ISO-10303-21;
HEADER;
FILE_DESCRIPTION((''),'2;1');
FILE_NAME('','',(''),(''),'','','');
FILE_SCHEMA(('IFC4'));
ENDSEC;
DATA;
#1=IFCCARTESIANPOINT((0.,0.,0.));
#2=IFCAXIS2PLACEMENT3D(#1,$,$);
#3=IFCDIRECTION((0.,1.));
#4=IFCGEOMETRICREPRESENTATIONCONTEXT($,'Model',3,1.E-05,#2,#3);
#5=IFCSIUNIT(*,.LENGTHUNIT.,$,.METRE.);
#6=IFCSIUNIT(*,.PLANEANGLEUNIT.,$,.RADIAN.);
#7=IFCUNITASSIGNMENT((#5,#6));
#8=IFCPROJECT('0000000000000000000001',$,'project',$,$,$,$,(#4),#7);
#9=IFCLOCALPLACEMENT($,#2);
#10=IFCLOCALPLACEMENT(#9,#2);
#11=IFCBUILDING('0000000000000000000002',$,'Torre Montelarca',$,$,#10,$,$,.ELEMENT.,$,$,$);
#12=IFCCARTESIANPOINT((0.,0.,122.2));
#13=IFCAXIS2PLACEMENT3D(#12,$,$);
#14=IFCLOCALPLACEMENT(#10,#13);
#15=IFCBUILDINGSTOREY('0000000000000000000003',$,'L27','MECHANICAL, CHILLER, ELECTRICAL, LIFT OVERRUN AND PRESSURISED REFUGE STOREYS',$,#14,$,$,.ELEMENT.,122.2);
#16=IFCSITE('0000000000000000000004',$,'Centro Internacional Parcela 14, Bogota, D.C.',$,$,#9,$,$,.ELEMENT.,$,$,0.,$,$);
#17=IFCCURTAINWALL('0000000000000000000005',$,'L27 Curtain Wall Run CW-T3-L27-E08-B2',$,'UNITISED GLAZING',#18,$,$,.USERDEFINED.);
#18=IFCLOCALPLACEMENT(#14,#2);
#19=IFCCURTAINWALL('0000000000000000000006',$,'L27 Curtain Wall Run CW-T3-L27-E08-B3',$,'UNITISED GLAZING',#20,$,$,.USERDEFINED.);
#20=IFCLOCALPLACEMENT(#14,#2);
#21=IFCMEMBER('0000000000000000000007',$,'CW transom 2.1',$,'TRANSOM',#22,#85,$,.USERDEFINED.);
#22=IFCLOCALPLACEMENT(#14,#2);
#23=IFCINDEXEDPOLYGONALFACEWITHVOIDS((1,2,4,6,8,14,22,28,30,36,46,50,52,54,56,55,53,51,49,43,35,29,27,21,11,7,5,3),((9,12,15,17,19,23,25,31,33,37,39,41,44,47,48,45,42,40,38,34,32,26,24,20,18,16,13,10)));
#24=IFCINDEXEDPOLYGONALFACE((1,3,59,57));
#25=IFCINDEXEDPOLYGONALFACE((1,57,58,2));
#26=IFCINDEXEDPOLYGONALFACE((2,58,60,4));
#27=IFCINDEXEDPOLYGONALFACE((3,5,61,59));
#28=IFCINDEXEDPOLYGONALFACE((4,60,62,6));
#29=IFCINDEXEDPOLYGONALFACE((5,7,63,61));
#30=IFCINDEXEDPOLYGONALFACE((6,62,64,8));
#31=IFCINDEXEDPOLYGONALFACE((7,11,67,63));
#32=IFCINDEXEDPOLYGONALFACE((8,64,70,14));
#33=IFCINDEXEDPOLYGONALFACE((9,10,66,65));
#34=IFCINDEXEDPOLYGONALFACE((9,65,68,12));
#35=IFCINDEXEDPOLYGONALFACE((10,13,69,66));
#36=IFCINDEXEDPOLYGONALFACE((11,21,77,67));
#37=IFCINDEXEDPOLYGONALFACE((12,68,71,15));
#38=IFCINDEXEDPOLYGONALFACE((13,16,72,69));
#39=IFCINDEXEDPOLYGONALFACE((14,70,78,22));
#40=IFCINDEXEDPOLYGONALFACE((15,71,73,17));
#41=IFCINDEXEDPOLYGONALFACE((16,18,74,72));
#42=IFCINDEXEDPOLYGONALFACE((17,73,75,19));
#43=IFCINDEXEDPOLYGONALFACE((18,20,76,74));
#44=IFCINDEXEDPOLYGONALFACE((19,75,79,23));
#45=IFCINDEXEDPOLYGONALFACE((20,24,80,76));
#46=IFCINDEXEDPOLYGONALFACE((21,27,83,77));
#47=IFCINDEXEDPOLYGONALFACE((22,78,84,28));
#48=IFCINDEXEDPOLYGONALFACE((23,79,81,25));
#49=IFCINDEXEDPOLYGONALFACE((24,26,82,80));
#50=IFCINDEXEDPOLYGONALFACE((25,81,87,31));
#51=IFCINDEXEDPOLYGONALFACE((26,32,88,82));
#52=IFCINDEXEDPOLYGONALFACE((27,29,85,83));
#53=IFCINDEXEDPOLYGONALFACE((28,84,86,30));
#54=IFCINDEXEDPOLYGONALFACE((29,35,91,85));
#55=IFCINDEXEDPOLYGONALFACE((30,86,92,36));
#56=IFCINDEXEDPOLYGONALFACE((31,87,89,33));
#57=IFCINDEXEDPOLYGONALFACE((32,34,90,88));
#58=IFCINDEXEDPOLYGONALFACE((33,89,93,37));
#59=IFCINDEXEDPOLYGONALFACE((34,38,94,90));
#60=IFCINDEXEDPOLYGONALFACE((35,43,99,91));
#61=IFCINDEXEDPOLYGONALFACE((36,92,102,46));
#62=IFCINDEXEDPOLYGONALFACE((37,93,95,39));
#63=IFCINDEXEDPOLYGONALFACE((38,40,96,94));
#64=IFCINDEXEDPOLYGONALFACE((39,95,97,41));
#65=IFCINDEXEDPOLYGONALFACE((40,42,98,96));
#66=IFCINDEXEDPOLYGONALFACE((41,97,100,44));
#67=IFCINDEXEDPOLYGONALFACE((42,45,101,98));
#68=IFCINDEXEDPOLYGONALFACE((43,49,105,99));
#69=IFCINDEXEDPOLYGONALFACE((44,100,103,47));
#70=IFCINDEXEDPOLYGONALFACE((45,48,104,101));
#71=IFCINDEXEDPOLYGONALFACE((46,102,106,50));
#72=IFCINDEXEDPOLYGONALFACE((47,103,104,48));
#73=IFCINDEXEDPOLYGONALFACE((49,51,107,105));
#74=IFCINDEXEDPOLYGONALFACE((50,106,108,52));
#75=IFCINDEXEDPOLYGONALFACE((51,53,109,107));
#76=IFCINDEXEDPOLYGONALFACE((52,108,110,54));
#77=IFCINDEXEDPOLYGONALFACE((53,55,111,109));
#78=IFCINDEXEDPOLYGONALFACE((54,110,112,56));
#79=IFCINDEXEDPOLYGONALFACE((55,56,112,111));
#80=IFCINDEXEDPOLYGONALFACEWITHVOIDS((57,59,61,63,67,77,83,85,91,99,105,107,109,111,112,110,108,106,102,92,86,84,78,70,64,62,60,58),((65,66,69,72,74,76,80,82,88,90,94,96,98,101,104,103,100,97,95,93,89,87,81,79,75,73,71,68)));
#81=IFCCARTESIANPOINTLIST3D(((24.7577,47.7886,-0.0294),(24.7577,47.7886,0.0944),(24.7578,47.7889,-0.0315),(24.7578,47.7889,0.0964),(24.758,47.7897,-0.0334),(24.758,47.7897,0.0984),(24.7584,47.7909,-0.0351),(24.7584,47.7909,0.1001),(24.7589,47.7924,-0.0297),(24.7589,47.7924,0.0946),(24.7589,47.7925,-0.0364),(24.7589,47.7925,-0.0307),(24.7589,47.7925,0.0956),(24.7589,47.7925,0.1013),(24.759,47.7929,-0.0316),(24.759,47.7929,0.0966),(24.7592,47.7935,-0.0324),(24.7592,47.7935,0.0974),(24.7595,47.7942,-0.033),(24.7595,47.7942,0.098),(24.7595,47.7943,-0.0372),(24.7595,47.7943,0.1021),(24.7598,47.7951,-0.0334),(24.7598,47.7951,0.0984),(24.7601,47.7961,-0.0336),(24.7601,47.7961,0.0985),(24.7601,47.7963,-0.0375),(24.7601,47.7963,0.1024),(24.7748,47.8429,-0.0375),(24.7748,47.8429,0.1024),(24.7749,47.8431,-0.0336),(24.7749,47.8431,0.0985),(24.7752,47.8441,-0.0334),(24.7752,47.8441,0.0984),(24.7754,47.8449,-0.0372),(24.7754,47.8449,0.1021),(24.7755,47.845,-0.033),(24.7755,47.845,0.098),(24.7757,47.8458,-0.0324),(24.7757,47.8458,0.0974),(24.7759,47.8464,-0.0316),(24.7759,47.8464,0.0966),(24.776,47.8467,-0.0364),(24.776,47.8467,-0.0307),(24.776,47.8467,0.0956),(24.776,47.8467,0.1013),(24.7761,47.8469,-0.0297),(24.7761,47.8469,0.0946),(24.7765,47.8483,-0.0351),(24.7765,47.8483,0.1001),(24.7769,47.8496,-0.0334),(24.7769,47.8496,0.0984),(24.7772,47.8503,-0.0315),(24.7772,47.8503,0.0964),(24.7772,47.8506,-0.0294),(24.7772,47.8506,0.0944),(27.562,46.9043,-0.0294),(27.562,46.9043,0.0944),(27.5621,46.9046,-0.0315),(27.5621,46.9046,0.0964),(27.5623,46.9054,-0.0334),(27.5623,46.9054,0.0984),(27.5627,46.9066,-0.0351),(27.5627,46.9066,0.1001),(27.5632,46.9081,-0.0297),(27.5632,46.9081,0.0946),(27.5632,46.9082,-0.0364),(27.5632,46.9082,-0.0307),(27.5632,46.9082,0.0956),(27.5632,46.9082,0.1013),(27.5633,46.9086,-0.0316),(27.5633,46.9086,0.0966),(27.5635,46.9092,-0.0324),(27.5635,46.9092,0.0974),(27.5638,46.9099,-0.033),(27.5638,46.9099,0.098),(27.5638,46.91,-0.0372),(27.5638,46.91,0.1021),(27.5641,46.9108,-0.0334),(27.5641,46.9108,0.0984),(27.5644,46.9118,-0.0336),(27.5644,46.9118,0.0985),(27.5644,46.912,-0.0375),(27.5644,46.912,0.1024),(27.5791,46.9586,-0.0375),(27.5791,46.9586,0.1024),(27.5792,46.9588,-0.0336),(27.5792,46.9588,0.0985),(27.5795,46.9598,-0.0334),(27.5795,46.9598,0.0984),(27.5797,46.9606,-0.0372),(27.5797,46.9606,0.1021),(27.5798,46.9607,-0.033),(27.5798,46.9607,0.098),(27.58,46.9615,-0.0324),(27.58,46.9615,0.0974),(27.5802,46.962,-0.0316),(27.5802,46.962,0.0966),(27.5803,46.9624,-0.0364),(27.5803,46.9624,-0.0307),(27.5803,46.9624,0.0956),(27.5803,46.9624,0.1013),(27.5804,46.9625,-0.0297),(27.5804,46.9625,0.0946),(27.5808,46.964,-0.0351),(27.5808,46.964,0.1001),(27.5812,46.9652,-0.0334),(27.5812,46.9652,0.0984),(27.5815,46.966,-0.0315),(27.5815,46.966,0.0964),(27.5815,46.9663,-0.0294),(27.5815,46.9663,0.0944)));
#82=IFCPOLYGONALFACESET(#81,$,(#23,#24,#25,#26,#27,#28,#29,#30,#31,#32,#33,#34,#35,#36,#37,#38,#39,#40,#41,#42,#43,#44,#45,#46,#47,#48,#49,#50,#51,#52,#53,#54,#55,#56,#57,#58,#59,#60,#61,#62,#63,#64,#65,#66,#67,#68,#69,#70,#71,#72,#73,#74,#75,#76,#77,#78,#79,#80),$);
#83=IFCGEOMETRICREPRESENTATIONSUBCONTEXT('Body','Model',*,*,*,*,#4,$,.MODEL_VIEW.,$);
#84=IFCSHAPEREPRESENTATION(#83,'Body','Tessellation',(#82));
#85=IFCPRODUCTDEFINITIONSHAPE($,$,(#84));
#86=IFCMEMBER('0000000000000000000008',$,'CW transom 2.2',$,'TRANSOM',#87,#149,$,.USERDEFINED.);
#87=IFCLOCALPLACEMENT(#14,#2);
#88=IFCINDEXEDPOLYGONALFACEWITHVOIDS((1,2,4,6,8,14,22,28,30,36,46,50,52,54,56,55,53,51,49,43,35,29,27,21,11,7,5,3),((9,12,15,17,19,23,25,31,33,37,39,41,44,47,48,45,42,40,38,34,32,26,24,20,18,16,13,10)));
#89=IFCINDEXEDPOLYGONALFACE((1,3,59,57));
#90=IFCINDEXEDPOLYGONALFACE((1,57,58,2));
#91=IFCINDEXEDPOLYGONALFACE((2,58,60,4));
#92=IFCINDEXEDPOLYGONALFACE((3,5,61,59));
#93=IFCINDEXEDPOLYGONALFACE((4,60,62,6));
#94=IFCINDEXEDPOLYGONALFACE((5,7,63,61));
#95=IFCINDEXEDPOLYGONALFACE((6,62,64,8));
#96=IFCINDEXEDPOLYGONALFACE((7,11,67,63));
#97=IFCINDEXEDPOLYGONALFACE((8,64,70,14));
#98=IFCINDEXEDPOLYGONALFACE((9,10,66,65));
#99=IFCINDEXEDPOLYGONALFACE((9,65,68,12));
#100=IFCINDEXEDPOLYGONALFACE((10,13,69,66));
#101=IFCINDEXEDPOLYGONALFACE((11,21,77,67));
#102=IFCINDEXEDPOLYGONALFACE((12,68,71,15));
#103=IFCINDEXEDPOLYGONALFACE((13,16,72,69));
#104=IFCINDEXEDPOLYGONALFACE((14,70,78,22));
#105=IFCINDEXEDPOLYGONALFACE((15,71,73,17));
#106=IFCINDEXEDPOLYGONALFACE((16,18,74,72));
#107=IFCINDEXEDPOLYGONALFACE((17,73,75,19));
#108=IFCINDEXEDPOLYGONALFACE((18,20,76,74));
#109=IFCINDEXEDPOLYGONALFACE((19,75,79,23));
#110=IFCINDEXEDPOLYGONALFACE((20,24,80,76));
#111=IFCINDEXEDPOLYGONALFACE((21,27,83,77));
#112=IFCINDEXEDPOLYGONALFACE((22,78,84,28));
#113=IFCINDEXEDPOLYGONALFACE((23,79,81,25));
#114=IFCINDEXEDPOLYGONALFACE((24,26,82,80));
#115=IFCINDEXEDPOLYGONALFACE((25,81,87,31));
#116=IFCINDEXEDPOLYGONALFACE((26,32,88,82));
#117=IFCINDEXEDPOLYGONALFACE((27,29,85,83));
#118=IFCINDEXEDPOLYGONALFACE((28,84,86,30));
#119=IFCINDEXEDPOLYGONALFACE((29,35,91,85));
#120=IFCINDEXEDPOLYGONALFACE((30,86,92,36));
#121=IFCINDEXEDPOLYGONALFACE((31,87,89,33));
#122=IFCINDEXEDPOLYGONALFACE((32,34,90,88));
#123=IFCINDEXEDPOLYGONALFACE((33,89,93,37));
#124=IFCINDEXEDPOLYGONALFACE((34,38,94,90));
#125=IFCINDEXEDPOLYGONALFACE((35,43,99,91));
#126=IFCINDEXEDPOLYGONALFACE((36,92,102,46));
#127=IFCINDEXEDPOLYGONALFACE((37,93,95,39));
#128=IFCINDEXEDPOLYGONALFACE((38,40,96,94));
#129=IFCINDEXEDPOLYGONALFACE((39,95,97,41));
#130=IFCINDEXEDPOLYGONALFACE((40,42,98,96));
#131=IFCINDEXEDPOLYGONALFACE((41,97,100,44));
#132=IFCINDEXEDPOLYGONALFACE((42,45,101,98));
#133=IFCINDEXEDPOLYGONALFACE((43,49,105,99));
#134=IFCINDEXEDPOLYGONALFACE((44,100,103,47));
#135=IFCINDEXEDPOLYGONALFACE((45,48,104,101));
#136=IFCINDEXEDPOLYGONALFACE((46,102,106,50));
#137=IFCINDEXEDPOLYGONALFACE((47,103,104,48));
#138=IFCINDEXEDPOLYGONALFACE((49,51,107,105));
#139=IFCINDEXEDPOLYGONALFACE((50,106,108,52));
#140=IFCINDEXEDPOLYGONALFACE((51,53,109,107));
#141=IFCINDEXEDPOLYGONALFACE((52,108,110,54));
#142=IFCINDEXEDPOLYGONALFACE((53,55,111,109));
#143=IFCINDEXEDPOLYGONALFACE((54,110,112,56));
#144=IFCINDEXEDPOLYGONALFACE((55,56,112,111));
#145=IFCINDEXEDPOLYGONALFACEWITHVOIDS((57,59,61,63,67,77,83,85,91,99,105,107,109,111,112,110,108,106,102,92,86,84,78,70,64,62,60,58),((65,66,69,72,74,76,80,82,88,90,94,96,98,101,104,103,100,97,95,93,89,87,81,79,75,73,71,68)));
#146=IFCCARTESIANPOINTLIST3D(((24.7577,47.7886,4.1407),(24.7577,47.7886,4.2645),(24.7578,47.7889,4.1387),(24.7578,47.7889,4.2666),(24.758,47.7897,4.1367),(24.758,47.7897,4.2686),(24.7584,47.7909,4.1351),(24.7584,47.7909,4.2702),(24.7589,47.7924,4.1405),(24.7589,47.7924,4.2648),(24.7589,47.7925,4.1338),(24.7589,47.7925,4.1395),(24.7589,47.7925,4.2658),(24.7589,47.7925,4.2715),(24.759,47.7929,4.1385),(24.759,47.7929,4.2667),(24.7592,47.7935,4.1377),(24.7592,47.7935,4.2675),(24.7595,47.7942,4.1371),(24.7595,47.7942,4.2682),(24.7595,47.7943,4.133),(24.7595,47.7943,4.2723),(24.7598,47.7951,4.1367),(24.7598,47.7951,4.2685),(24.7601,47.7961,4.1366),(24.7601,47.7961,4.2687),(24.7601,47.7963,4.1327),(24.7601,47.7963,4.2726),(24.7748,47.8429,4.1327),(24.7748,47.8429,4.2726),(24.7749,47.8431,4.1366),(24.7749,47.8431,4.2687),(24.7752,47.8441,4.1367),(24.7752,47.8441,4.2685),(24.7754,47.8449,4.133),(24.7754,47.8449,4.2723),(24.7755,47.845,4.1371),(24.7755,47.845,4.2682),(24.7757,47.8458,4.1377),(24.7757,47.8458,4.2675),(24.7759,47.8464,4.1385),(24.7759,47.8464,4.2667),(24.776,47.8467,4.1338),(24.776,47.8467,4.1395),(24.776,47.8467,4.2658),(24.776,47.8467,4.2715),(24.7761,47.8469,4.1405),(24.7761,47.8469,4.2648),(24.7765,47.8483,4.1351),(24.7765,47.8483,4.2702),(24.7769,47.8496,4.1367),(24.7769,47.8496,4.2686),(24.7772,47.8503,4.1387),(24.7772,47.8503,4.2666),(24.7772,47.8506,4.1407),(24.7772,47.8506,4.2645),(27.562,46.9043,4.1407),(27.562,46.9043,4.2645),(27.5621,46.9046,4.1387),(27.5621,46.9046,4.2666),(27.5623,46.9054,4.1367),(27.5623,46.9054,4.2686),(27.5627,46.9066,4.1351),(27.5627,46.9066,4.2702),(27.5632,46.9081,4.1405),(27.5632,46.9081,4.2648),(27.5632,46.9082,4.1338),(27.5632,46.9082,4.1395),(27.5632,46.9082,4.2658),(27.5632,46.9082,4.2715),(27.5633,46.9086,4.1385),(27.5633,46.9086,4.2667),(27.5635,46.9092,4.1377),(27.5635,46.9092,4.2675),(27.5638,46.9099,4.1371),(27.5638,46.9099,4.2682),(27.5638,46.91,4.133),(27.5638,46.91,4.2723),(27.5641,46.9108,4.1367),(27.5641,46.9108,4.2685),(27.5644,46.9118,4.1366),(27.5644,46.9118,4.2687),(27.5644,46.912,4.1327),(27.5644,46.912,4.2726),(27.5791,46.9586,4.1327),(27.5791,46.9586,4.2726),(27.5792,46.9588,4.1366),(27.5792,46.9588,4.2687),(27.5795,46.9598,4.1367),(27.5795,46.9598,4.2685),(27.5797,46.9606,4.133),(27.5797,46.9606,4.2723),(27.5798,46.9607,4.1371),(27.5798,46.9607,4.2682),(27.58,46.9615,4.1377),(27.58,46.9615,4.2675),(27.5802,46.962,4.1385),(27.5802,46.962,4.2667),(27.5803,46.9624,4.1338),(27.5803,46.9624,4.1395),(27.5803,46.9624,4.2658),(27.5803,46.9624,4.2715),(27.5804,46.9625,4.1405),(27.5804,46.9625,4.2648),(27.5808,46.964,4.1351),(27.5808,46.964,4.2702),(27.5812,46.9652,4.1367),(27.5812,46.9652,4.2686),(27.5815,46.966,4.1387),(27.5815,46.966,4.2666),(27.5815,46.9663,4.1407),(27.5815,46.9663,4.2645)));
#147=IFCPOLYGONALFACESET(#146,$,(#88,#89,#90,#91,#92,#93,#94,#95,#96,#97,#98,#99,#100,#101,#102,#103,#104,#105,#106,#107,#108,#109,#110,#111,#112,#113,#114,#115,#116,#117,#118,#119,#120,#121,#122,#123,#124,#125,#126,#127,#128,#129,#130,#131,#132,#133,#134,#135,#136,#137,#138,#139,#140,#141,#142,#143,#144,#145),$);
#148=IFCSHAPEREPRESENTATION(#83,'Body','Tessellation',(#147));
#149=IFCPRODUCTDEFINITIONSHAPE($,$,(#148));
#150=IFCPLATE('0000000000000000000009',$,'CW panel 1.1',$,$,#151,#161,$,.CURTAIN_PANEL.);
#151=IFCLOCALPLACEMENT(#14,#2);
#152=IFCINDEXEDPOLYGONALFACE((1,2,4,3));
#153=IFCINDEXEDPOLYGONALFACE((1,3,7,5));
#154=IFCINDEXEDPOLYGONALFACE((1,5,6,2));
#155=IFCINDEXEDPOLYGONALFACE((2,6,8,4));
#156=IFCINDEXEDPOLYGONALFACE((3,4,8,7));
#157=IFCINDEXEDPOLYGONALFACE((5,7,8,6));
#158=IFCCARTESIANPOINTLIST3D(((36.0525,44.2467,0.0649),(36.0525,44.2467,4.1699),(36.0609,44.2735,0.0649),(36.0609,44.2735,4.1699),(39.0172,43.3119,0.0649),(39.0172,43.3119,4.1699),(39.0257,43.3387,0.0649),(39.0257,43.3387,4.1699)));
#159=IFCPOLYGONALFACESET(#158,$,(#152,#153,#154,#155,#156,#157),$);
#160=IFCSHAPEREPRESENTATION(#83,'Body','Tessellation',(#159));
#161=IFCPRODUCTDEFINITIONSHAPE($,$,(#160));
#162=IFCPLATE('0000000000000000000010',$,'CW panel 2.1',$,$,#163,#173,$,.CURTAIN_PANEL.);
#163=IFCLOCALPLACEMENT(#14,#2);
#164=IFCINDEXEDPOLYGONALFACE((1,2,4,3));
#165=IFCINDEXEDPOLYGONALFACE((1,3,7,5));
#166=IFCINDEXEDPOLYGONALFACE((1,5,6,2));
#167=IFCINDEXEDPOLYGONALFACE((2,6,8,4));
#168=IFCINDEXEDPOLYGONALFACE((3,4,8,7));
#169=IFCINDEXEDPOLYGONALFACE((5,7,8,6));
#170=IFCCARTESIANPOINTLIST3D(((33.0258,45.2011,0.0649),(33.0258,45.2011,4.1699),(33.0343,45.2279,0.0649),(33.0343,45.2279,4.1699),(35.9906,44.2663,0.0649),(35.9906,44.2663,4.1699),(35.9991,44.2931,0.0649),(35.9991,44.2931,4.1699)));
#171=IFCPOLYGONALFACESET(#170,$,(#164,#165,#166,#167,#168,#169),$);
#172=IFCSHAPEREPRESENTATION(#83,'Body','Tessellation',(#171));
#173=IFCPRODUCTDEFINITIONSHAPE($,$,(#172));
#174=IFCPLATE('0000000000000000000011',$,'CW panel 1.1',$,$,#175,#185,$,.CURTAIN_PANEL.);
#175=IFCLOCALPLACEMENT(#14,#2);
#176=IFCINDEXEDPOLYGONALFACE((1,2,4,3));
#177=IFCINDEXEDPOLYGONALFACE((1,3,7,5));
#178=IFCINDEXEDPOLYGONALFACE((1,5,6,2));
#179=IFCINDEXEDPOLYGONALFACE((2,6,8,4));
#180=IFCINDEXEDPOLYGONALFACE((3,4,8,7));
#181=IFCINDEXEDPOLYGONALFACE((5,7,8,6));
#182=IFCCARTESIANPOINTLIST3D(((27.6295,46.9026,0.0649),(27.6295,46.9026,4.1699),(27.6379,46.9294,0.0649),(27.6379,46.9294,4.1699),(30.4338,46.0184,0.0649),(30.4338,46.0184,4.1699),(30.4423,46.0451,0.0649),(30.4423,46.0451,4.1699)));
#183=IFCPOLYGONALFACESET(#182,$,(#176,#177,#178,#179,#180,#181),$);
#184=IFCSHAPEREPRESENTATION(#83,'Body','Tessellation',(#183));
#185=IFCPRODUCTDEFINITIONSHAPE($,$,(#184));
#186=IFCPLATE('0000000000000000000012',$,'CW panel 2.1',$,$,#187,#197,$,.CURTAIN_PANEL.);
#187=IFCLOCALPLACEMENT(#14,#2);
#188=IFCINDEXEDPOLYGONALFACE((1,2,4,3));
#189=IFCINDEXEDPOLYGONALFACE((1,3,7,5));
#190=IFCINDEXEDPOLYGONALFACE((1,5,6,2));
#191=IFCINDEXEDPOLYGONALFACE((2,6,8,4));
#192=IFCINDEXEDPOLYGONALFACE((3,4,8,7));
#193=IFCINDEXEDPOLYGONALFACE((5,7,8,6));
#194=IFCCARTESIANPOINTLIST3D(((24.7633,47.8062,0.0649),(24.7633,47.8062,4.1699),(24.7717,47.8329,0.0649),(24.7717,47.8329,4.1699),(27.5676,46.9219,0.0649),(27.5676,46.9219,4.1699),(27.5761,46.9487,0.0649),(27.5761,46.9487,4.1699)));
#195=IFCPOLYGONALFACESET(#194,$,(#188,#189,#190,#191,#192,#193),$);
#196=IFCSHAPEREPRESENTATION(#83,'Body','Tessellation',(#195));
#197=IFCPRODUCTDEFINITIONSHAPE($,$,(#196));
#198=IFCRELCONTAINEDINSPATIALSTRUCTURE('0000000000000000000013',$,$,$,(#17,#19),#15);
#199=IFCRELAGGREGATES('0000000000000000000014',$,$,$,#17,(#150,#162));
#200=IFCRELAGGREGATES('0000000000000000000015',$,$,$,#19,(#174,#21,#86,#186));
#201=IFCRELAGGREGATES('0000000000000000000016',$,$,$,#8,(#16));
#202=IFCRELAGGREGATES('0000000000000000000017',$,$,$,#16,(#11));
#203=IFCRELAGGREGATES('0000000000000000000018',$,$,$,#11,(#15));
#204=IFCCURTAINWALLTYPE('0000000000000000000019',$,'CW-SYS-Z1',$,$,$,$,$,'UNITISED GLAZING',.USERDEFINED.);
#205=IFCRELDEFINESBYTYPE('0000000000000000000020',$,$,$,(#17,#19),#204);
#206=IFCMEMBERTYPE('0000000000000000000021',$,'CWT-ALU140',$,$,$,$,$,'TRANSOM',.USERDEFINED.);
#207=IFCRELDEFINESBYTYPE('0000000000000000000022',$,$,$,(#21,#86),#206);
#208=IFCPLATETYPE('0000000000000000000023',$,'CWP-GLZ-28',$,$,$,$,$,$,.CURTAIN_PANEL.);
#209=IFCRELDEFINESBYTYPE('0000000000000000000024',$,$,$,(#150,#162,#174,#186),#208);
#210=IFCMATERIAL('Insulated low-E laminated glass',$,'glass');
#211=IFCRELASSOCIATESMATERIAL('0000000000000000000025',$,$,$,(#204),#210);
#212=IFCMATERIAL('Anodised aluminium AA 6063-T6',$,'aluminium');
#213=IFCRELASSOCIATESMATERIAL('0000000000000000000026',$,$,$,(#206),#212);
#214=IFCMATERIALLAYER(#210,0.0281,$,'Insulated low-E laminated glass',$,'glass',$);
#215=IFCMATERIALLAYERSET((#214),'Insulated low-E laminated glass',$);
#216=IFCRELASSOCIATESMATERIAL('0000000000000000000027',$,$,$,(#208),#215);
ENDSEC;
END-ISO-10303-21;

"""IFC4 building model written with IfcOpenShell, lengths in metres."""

from ifc_helpers import new_model, si_unit, direction, frame, origin, origin_2d, place, context, subcontext, project, spatial, rectangle, hollow_rectangle, extrude, source, transform, mapped, material, layer, layer_set, material_profile, profile_set, type_object, element, aggregate, save


model = new_model("IFC4")

# Units and contexts
model_context = context("Model", 3, precision=1e-05, world=origin(), true_north=direction((0.0, 1.0)))
body_context = subcontext(model_context, "Body", "Model", "MODEL_VIEW")
ifc_project = project(units=[si_unit("LENGTHUNIT", "METRE"), si_unit("PLANEANGLEUNIT", "RADIAN")], contexts=[model_context])

# Site, building, storey
site_placement = place(None, origin())
site = spatial("IfcSite", under=ifc_project, at=site_placement, Name="Centro Internacional Parcela 14, Bogota, D.C.", CompositionType="ELEMENT", RefElevation=0.0)
building_placement = place(site_placement, origin())
building = spatial("IfcBuilding", under=site, at=building_placement, Name="Torre Montelarca", CompositionType="ELEMENT")
storey_placement = place(building_placement, frame((0.0, 0.0, 122.2)))
storey = spatial("IfcBuildingStorey", under=building, at=storey_placement, Name="L27", Description="MECHANICAL, CHILLER, ELECTRICAL, LIFT OVERRUN AND PRESSURISED REFUGE STOREYS", CompositionType="ELEMENT", Elevation=122.2)

# Curtain walls
ifc_material_1 = material(Name="Insulated low-E laminated glass", Category="glass")
curtain_wall_type = type_object("IfcCurtainWallType", Name="CW-SYS-Z1", ElementType="UNITISED GLAZING", PredefinedType="USERDEFINED", material=ifc_material_1)
curtain_wall_1_placement = place(storey_placement, origin())
curtain_wall_1 = element("IfcCurtainWall", 1, at=curtain_wall_1_placement, inside=storey, type_object=curtain_wall_type, Name="L27 Curtain Wall Run CW-T3-L27-E08-B2", ObjectType="UNITISED GLAZING", PredefinedType="USERDEFINED")
ifc_material_2 = material(Name="Anodised aluminium AA 6063-T6", Category="aluminium")
curtain_wall_2_placement = place(storey_placement, origin())
curtain_wall_2 = element("IfcCurtainWall", 2, at=curtain_wall_2_placement, inside=storey, type_object=curtain_wall_type, Name="L27 Curtain Wall Run CW-T3-L27-E08-B3", ObjectType="UNITISED GLAZING", PredefinedType="USERDEFINED")

# Members
ifc_material_profile_1 = material_profile(ifc_material_2, hollow_rectangle(XDim=0.0649, YDim=0.1399, WallThickness=0.0039, InnerFilletRadius=0.0039, OuterFilletRadius=0.0081, at=origin_2d()), Name="ALU65X140X4", Category="aluminium")
ifc_profile_set_1 = profile_set([ifc_material_profile_1], Name="Anodised aluminium AA 6063-T6")
member_type_1 = type_object("IfcMemberType", Name="CWT-ALU140", ElementType="TRANSOM", PredefinedType="USERDEFINED", material=ifc_profile_set_1)
shared_shape_1 = source(origin(), body_context, "Body", "SweptSolid", [
    extrude(hollow_rectangle(XDim=0.0649, YDim=0.1399, WallThickness=0.0039, InnerFilletRadius=0.0039, OuterFilletRadius=0.0081, at=origin_2d()), origin(), (0.0, 0.0, 1.0), 2.9404),
])
member_1_placement = place(storey_placement, frame((27.5718, 46.9353, 0.0325), z_axis=(-0.953706, 0.300742, 0.0), x_axis=(-0.300742, -0.953706, 0.0)))
member_1 = element("IfcMember", 3, at=member_1_placement, type_object=member_type_1, Name="CW transom 2.1", ObjectType="TRANSOM", PredefinedType="USERDEFINED", context=body_context, shape_type="MappedRepresentation", body=[
    mapped(shared_shape_1, transform((0.0, 0.0, 0.0), scale=1.0)),
])
member_2_placement = place(storey_placement, frame((27.5718, 46.9353, 4.2026), z_axis=(-0.953706, 0.300742, 0.0), x_axis=(-0.300742, -0.953706, 0.0)))
member_2 = element("IfcMember", 4, at=member_2_placement, type_object=member_type_1, Name="CW transom 2.2", ObjectType="TRANSOM", PredefinedType="USERDEFINED", context=body_context, shape_type="MappedRepresentation", body=[
    mapped(shared_shape_1, transform((0.0, 0.0, 0.0), scale=1.0)),
])

# Plates
ifc_layer_1 = layer(ifc_material_1, 0.0281, Name="Insulated low-E laminated glass", Category="glass")
ifc_layer_set_1 = layer_set([ifc_layer_1], Name="Insulated low-E laminated glass")
plate_type = type_object("IfcPlateType", Name="CWP-GLZ-28", PredefinedType="CURTAIN_PANEL", material=ifc_layer_set_1)
shared_shape_2 = source(origin(), body_context, "Body", "SweptSolid", [
    extrude(rectangle(XDim=3.1086, YDim=0.0281, at=origin_2d()), origin(), (0.0, 0.0, 1.0), 4.105),
])
plate_1_placement = place(storey_placement, frame((37.5391, 43.7927, 0.0649), z_axis=(0.0, 0.0, 1.0), x_axis=(-0.953716, 0.300709, 0.0)))
plate_1 = element("IfcPlate", 5, at=plate_1_placement, type_object=plate_type, Name="CW panel 1.1", PredefinedType="CURTAIN_PANEL", context=body_context, shape_type="MappedRepresentation", body=[
    mapped(shared_shape_2, transform((0.0, 0.0, 0.0), scale=1.0)),
])
plate_2_placement = place(storey_placement, frame((34.5125, 44.7471, 0.0649), z_axis=(0.0, 0.0, 1.0), x_axis=(-0.953716, 0.300709, 0.0)))
plate_2 = element("IfcPlate", 6, at=plate_2_placement, type_object=plate_type, Name="CW panel 2.1", PredefinedType="CURTAIN_PANEL", context=body_context, shape_type="MappedRepresentation", body=[
    mapped(shared_shape_2, transform((0.0, 0.0, 0.0), scale=1.0)),
])
aggregate(curtain_wall_1, [plate_1, plate_2])
shared_shape_3 = source(origin(), body_context, "Body", "SweptSolid", [
    extrude(rectangle(XDim=2.9404, YDim=0.0281, at=origin_2d()), origin(), (0.0, 0.0, 1.0), 4.105),
])
plate_3_placement = place(storey_placement, frame((29.0359, 46.4739, 0.0649), z_axis=(0.0, 0.0, 1.0), x_axis=(-0.953714, 0.300716, 0.0)))
plate_3 = element("IfcPlate", 7, at=plate_3_placement, type_object=plate_type, Name="CW panel 1.1", PredefinedType="CURTAIN_PANEL", context=body_context, shape_type="MappedRepresentation", body=[
    mapped(shared_shape_3, transform((0.0, 0.0, 0.0), scale=1.0)),
])
plate_4_placement = place(storey_placement, frame((26.1697, 47.3774, 0.0649), z_axis=(0.0, 0.0, 1.0), x_axis=(-0.953714, 0.300716, 0.0)))
plate_4 = element("IfcPlate", 8, at=plate_4_placement, type_object=plate_type, Name="CW panel 2.1", PredefinedType="CURTAIN_PANEL", context=body_context, shape_type="MappedRepresentation", body=[
    mapped(shared_shape_3, transform((0.0, 0.0, 0.0), scale=1.0)),
])
aggregate(curtain_wall_2, [plate_3, member_1, member_2, plate_4])

save(model, "model.ifc")
